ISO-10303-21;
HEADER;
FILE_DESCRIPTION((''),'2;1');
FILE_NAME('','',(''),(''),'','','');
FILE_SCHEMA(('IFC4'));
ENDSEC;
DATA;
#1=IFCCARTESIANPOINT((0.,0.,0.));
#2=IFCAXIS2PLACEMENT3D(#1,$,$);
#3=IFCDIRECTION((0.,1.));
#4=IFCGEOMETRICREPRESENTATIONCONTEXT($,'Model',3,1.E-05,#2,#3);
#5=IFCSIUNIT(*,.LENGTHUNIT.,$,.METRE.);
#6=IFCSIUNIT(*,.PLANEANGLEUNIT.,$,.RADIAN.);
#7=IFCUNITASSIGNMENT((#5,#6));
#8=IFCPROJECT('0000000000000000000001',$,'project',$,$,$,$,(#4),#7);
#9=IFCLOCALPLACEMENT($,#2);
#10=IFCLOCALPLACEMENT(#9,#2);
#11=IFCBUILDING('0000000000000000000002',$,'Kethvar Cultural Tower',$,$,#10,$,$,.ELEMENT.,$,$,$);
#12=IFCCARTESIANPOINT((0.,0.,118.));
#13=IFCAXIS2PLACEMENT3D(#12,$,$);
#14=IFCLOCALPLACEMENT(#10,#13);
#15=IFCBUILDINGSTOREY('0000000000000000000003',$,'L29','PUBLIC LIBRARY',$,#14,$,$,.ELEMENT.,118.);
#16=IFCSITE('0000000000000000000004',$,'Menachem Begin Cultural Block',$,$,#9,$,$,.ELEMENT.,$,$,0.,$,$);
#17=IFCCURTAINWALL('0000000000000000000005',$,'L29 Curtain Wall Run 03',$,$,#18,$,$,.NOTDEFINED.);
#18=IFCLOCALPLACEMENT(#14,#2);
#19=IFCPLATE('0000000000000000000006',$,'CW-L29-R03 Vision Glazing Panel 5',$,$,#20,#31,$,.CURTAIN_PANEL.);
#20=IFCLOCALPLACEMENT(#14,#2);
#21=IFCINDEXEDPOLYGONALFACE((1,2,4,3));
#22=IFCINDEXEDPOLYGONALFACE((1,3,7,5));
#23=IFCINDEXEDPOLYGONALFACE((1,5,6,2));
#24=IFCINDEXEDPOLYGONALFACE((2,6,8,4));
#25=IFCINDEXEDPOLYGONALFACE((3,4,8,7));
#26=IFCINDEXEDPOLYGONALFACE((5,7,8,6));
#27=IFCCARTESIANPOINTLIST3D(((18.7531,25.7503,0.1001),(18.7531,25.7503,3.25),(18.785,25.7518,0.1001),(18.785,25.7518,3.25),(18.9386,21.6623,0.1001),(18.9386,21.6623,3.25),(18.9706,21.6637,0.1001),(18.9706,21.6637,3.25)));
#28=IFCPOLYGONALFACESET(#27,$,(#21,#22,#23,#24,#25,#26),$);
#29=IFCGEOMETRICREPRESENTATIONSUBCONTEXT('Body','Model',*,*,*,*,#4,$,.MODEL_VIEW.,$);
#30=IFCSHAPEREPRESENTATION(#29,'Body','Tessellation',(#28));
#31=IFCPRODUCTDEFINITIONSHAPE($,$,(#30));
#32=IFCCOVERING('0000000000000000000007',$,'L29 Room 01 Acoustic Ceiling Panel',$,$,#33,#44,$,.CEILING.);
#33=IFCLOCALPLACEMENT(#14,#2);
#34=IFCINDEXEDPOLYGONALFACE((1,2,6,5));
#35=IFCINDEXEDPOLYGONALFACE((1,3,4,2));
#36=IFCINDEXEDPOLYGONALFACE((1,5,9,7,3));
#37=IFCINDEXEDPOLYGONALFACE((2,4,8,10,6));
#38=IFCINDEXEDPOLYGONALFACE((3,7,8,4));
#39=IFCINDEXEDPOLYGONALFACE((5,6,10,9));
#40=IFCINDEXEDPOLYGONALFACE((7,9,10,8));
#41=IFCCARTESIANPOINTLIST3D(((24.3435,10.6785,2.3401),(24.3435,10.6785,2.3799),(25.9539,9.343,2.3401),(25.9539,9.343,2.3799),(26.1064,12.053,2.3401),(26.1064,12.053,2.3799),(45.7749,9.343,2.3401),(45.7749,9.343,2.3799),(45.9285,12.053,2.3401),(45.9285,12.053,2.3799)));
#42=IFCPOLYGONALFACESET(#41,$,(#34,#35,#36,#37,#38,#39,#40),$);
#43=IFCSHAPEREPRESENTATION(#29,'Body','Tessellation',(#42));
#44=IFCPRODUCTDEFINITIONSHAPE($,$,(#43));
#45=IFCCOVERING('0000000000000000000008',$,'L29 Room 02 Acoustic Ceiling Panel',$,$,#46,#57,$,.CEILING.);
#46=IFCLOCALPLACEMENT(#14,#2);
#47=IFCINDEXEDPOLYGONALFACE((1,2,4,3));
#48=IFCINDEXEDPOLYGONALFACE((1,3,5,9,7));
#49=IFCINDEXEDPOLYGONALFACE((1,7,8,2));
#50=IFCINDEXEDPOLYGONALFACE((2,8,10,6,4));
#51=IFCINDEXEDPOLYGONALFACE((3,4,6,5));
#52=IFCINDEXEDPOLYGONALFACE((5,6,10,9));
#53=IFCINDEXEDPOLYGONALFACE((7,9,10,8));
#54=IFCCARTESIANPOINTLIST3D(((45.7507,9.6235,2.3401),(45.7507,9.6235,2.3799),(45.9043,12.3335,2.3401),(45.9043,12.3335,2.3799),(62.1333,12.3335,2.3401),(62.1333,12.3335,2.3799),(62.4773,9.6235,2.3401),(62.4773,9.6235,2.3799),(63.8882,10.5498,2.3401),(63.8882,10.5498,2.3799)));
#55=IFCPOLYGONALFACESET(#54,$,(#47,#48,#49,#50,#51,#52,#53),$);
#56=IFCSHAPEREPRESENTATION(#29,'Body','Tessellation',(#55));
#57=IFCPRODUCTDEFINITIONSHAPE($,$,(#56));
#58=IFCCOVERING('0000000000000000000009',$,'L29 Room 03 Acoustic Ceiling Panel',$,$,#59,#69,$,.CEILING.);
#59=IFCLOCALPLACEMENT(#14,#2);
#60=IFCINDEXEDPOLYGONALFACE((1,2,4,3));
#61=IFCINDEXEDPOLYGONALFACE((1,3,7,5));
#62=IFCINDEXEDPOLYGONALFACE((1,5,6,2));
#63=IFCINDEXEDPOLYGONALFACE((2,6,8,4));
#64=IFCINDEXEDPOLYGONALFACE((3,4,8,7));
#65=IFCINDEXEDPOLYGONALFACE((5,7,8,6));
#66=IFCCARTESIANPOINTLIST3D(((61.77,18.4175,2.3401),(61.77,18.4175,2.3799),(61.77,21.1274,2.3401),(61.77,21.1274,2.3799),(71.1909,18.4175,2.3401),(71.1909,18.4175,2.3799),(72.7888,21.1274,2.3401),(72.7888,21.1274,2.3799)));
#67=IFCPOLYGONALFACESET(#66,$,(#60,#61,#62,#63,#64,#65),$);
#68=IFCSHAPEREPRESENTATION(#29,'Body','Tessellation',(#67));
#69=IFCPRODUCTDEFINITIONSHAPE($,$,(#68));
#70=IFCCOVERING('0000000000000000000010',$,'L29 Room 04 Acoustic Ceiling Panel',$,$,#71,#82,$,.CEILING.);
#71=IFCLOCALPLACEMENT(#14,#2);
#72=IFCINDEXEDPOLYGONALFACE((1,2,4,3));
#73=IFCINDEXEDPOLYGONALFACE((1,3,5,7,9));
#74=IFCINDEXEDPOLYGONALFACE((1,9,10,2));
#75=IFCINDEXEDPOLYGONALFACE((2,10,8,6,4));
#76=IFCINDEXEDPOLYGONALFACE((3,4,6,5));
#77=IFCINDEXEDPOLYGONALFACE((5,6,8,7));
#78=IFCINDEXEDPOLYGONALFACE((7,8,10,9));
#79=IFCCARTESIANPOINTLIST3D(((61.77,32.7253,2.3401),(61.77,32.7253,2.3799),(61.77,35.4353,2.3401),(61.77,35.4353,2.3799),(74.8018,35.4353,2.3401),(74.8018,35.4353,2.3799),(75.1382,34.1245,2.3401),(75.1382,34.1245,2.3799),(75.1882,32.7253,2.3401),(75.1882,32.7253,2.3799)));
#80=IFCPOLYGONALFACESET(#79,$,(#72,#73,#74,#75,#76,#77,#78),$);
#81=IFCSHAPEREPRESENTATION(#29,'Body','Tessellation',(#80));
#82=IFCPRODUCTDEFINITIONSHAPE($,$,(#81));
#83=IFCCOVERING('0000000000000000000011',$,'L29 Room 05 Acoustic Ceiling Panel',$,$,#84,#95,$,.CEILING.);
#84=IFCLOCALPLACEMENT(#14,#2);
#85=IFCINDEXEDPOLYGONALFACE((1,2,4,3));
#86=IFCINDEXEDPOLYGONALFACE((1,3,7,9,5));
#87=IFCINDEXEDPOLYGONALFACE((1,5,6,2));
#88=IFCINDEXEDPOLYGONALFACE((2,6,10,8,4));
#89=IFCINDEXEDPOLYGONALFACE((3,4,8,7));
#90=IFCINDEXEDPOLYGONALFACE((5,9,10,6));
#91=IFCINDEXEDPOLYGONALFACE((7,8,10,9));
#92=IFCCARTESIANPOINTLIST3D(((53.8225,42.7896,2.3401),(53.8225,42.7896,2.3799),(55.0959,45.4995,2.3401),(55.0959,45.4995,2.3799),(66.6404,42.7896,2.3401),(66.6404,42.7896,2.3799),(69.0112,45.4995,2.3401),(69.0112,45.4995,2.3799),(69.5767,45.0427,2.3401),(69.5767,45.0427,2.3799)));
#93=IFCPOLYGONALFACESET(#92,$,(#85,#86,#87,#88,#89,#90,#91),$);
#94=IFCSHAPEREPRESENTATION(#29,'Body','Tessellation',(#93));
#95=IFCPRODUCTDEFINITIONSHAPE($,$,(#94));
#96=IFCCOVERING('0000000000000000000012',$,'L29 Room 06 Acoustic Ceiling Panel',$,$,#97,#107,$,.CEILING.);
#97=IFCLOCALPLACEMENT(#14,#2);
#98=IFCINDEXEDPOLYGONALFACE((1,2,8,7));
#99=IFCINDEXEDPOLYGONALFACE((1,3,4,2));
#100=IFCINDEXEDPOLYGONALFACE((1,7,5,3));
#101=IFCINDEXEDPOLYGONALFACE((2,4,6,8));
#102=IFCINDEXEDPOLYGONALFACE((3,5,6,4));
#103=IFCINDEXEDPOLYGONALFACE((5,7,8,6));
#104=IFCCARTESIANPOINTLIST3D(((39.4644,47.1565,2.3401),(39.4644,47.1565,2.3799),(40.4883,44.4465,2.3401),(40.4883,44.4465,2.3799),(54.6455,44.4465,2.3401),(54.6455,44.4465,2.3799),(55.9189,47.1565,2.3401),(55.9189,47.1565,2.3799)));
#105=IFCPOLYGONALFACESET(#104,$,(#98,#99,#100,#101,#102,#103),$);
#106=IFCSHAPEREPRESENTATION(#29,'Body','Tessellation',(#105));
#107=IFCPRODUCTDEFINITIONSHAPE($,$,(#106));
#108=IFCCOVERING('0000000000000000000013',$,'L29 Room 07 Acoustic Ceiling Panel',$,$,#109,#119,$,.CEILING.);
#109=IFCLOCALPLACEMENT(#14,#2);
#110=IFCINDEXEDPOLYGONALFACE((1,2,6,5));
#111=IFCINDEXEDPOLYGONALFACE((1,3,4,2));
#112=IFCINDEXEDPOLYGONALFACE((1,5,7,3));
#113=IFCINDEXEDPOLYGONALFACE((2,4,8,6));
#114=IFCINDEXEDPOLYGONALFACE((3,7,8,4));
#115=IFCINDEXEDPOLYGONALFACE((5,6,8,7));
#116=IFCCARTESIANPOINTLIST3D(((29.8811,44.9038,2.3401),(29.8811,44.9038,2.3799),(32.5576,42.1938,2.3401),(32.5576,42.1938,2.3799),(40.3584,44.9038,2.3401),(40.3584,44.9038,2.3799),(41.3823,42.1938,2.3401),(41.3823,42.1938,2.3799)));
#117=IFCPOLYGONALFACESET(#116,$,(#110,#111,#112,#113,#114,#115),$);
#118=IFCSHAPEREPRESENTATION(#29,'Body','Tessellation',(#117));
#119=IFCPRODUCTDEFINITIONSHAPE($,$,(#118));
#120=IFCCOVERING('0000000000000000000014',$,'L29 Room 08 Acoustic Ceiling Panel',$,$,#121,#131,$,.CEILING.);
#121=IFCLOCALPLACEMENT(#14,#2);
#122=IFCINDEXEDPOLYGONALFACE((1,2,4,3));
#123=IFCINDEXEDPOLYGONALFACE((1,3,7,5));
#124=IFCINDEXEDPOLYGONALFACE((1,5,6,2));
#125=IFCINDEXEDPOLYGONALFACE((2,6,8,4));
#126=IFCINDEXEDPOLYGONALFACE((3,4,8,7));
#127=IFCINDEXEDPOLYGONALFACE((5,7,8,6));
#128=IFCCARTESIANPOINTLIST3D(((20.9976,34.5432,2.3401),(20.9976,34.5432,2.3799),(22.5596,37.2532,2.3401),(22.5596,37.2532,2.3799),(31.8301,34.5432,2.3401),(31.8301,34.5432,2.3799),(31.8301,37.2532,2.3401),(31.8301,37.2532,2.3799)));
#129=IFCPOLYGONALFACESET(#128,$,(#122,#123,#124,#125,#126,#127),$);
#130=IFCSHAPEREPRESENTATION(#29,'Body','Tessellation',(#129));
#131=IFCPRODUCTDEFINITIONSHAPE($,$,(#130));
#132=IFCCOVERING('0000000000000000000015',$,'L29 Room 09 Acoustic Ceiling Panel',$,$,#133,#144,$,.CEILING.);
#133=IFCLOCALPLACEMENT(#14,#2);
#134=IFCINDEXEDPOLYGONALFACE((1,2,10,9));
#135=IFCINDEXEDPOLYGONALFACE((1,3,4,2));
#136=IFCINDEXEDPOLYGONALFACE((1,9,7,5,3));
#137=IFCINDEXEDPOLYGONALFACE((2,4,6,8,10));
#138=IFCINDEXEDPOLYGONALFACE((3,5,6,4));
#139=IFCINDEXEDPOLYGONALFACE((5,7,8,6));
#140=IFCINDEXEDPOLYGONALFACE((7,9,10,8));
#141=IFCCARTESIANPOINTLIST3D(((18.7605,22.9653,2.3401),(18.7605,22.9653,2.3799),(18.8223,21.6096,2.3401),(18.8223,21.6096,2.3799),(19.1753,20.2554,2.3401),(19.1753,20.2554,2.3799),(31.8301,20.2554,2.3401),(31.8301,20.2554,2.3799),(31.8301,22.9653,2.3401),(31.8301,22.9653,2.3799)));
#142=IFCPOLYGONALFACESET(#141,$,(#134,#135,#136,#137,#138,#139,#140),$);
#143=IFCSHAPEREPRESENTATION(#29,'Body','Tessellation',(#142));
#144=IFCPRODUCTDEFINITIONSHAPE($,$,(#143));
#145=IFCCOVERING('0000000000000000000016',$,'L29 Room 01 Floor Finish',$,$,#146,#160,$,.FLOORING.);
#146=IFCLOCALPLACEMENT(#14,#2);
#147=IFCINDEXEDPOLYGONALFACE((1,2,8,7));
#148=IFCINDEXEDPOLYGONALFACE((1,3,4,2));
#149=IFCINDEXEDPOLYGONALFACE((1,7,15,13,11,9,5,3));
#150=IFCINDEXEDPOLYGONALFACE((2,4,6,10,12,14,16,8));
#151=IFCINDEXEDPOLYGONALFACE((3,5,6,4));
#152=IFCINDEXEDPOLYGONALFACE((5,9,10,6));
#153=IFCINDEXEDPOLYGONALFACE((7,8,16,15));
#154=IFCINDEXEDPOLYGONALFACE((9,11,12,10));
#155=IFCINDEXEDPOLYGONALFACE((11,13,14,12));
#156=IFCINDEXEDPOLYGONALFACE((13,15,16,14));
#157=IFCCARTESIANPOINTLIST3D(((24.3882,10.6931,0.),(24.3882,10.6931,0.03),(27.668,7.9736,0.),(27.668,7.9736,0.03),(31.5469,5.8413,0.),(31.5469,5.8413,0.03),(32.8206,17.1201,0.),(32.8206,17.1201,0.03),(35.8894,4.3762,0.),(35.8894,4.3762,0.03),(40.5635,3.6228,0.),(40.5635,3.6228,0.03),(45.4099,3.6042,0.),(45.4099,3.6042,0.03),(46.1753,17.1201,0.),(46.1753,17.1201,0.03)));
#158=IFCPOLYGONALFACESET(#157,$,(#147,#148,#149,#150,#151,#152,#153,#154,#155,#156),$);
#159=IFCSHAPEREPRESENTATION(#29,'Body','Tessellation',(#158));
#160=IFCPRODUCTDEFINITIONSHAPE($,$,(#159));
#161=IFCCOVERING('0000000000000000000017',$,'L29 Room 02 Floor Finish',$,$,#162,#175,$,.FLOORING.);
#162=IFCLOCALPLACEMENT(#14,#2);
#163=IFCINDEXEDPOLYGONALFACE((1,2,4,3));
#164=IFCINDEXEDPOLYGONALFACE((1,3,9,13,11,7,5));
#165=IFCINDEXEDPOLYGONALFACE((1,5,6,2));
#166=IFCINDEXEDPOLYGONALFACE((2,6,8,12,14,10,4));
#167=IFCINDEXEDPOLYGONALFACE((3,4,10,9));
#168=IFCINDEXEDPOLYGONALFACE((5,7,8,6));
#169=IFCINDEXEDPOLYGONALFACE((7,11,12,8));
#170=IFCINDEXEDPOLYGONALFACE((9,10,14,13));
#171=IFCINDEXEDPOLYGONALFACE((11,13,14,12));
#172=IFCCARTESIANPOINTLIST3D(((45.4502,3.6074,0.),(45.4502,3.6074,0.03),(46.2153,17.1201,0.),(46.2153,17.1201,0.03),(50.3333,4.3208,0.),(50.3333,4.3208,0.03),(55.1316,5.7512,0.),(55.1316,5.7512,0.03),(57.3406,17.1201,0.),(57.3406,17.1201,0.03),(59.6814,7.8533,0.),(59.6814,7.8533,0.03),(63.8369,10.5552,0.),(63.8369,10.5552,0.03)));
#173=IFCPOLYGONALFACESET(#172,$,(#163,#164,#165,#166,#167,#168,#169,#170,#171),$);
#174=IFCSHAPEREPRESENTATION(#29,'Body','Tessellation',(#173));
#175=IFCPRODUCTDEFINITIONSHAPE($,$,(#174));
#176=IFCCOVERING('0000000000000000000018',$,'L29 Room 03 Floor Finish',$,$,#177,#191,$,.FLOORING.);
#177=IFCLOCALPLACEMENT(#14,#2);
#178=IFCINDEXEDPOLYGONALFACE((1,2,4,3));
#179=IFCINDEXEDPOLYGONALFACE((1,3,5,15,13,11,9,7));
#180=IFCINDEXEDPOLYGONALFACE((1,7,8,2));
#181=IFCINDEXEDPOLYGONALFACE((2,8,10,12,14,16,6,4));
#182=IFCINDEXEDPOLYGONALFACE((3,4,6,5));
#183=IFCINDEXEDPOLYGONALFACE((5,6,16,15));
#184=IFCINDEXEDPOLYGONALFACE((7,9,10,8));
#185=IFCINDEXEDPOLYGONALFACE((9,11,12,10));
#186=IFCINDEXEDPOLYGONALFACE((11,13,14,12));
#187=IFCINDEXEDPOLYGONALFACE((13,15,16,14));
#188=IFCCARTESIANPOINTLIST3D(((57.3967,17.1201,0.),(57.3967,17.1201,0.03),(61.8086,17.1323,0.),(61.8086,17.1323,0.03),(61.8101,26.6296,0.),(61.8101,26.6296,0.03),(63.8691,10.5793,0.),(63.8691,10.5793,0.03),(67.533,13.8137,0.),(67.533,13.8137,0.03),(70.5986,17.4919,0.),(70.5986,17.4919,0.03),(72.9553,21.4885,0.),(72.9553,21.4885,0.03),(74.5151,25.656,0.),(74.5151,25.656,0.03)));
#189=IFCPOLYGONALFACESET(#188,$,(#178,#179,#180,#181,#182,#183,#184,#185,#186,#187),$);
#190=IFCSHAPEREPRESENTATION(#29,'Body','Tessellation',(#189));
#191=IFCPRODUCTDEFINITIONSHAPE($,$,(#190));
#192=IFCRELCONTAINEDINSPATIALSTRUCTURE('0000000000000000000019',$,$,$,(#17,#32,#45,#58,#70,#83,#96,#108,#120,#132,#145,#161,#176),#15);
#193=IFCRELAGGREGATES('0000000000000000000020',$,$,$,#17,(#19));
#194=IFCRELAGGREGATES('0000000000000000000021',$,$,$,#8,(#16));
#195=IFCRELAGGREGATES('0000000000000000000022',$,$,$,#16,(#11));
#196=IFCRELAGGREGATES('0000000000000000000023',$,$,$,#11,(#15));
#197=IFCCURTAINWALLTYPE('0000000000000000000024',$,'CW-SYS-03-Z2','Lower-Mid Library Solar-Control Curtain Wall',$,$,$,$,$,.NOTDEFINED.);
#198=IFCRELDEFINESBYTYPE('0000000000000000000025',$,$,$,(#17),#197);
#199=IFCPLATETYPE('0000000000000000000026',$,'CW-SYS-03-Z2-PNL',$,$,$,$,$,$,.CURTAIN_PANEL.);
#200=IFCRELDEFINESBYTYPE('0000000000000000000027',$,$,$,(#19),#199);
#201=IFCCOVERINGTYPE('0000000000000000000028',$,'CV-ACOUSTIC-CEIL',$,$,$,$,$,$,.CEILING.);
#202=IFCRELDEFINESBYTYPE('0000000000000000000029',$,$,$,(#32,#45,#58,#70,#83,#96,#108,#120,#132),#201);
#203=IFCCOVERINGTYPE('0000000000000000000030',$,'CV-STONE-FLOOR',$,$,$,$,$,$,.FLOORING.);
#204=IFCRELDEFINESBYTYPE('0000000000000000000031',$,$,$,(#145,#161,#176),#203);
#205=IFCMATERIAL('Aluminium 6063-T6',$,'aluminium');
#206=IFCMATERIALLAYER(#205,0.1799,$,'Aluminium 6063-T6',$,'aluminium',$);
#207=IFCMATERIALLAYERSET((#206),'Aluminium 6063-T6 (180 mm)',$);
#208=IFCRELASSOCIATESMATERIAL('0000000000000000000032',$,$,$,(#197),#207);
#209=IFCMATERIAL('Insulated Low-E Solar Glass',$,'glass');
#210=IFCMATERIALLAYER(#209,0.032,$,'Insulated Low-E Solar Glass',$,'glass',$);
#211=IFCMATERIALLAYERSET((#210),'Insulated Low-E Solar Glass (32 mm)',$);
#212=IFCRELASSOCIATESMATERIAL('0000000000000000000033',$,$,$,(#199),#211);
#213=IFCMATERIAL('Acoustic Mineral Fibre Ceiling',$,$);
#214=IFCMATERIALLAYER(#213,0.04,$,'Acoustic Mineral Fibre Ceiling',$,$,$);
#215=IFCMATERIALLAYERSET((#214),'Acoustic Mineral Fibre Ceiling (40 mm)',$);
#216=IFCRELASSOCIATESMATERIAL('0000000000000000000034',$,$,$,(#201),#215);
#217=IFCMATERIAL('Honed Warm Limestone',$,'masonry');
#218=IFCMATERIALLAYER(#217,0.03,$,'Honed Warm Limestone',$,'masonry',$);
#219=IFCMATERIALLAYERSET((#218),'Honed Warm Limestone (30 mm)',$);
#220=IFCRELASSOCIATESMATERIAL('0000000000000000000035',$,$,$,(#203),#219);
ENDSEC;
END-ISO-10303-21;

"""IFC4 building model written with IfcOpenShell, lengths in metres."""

from ifc_helpers import new_model, si_unit, direction, frame, origin, origin_2d, place, context, subcontext, project, spatial, polyline, rectangle, outline, extrude, source, transform, mapped, material, layer, layer_set, type_object, element, aggregate, save


model = new_model("IFC4")

# Units and contexts
model_context = context("Model", 3, precision=1e-05, world=origin(), true_north=direction((0.0, 1.0)))
body_context = subcontext(model_context, "Body", "Model", "MODEL_VIEW")
ifc_project = project(units=[si_unit("LENGTHUNIT", "METRE"), si_unit("PLANEANGLEUNIT", "RADIAN")], contexts=[model_context])

# Site, building, storey
site_placement = place(None, origin())
site = spatial("IfcSite", under=ifc_project, at=site_placement, Name="Menachem Begin Cultural Block", CompositionType="ELEMENT", RefElevation=0.0)
building_placement = place(site_placement, origin())
building = spatial("IfcBuilding", under=site, at=building_placement, Name="Kethvar Cultural Tower", CompositionType="ELEMENT")
storey_placement = place(building_placement, frame((0.0, 0.0, 118.0)))
storey = spatial("IfcBuildingStorey", under=building, at=storey_placement, Name="L29", Description="PUBLIC LIBRARY", CompositionType="ELEMENT", Elevation=118.0)

# Curtain wall, plate
ifc_material_1 = material(Name="Aluminium 6063-T6", Category="aluminium")
ifc_layer_1 = layer(ifc_material_1, 0.1799, Name="Aluminium 6063-T6", Category="aluminium")
ifc_layer_set_1 = layer_set([ifc_layer_1], Name="Aluminium 6063-T6 (180 mm)")
curtain_wall_type = type_object("IfcCurtainWallType", Name="CW-SYS-03-Z2", Description="Lower-Mid Library Solar-Control Curtain Wall", PredefinedType="NOTDEFINED", material=ifc_layer_set_1)
curtain_wall_placement = place(storey_placement, origin())
curtain_wall = element("IfcCurtainWall", 1, at=curtain_wall_placement, inside=storey, type_object=curtain_wall_type, Name="L29 Curtain Wall Run 03", PredefinedType="NOTDEFINED")
ifc_material_2 = material(Name="Insulated Low-E Solar Glass", Category="glass")
ifc_layer_2 = layer(ifc_material_2, 0.032, Name="Insulated Low-E Solar Glass", Category="glass")
ifc_layer_set_2 = layer_set([ifc_layer_2], Name="Insulated Low-E Solar Glass (32 mm)")
plate_type = type_object("IfcPlateType", Name="CW-SYS-03-Z2-PNL", PredefinedType="CURTAIN_PANEL", material=ifc_layer_set_2)
shared_shape_1 = source(origin(), body_context, "Body", "SweptSolid", [
    extrude(rectangle(XDim=4.0923, YDim=0.032, at=origin_2d()), origin(), (0.0, 0.0, 1.0), 3.1499),
])
plate_placement = place(storey_placement, frame((18.8618, 23.707, 0.1001), z_axis=(0.0, 0.0, 1.0), x_axis=(0.045346, -0.998971, 0.0)))
plate = element("IfcPlate", 2, at=plate_placement, type_object=plate_type, Name="CW-L29-R03 Vision Glazing Panel 5", PredefinedType="CURTAIN_PANEL", context=body_context, shape_type="MappedRepresentation", body=[
    mapped(shared_shape_1, transform((0.0, 0.0, 0.0), scale=1.0)),
])
aggregate(curtain_wall, [plate])

# Coverings
ifc_material_3 = material(Name="Acoustic Mineral Fibre Ceiling")
ifc_layer_3 = layer(ifc_material_3, 0.04, Name="Acoustic Mineral Fibre Ceiling")
ifc_layer_set_3 = layer_set([ifc_layer_3], Name="Acoustic Mineral Fibre Ceiling (40 mm)")
covering_type_1 = type_object("IfcCoveringType", Name="CV-ACOUSTIC-CEIL", PredefinedType="CEILING", material=ifc_layer_set_3)
covering_1_placement = place(storey_placement, frame((0.0, 0.0, 2.3401)))
element("IfcCovering", 3, at=covering_1_placement, inside=storey, type_object=covering_type_1, Name="L29 Room 01 Acoustic Ceiling Panel", PredefinedType="CEILING", context=body_context, shape_type="SweptSolid", body=[
    extrude(outline(polyline([(24.3435, 10.6785), (26.1064, 12.053), (45.9285, 12.053), (45.7749, 9.343), (25.9539, 9.343), (24.3435, 10.6785)])), origin(), (0.0, 0.0, 1.0), 0.0398),
])
covering_2_placement = place(storey_placement, frame((0.0, 0.0, 2.3401)))
element("IfcCovering", 4, at=covering_2_placement, inside=storey, type_object=covering_type_1, Name="L29 Room 02 Acoustic Ceiling Panel", PredefinedType="CEILING", context=body_context, shape_type="SweptSolid", body=[
    extrude(outline(polyline([(45.9043, 12.3335), (62.1333, 12.3335), (63.8882, 10.5498), (62.4773, 9.6235), (45.7507, 9.6235), (45.9043, 12.3335)])), origin(), (0.0, 0.0, 1.0), 0.0398),
])
covering_3_placement = place(storey_placement, frame((0.0, 0.0, 2.3401)))
element("IfcCovering", 5, at=covering_3_placement, inside=storey, type_object=covering_type_1, Name="L29 Room 03 Acoustic Ceiling Panel", PredefinedType="CEILING", context=body_context, shape_type="SweptSolid", body=[
    extrude(outline(polyline([(71.1909, 18.4175), (61.77, 18.4175), (61.77, 21.1274), (72.7888, 21.1274), (71.1909, 18.4175)])), origin(), (0.0, 0.0, 1.0), 0.0398),
])
covering_4_placement = place(storey_placement, frame((0.0, 0.0, 2.3401)))
element("IfcCovering", 6, at=covering_4_placement, inside=storey, type_object=covering_type_1, Name="L29 Room 04 Acoustic Ceiling Panel", PredefinedType="CEILING", context=body_context, shape_type="SweptSolid", body=[
    extrude(outline(polyline([(61.77, 35.4353), (74.8018, 35.4353), (75.1382, 34.1245), (75.1882, 32.7253), (61.77, 32.7253), (61.77, 35.4353)])), origin(), (0.0, 0.0, 1.0), 0.0398),
])
covering_5_placement = place(storey_placement, frame((0.0, 0.0, 2.3401)))
element("IfcCovering", 7, at=covering_5_placement, inside=storey, type_object=covering_type_1, Name="L29 Room 05 Acoustic Ceiling Panel", PredefinedType="CEILING", context=body_context, shape_type="SweptSolid", body=[
    extrude(outline(polyline([(69.5767, 45.0427), (66.6404, 42.7896), (53.8225, 42.7896), (55.0959, 45.4995), (69.0112, 45.4995), (69.5767, 45.0427)])), origin(), (0.0, 0.0, 1.0), 0.0398),
])
covering_6_placement = place(storey_placement, frame((0.0, 0.0, 2.3401)))
element("IfcCovering", 8, at=covering_6_placement, inside=storey, type_object=covering_type_1, Name="L29 Room 06 Acoustic Ceiling Panel", PredefinedType="CEILING", context=body_context, shape_type="SweptSolid", body=[
    extrude(outline(polyline([(54.6455, 44.4465), (40.4883, 44.4465), (39.4644, 47.1565), (55.9189, 47.1565), (54.6455, 44.4465)])), origin(), (0.0, 0.0, 1.0), 0.0398),
])
covering_7_placement = place(storey_placement, frame((0.0, 0.0, 2.3401)))
element("IfcCovering", 9, at=covering_7_placement, inside=storey, type_object=covering_type_1, Name="L29 Room 07 Acoustic Ceiling Panel", PredefinedType="CEILING", context=body_context, shape_type="SweptSolid", body=[
    extrude(outline(polyline([(41.3823, 42.1938), (32.5576, 42.1938), (29.8811, 44.9038), (40.3584, 44.9038), (41.3823, 42.1938)])), origin(), (0.0, 0.0, 1.0), 0.0398),
])
covering_8_placement = place(storey_placement, frame((0.0, 0.0, 2.3401)))
element("IfcCovering", 10, at=covering_8_placement, inside=storey, type_object=covering_type_1, Name="L29 Room 08 Acoustic Ceiling Panel", PredefinedType="CEILING", context=body_context, shape_type="SweptSolid", body=[
    extrude(outline(polyline([(22.5596, 37.2532), (31.8301, 37.2532), (31.8301, 34.5432), (20.9976, 34.5432), (22.5596, 37.2532)])), origin(), (0.0, 0.0, 1.0), 0.0398),
])
covering_9_placement = place(storey_placement, frame((0.0, 0.0, 2.3401)))
element("IfcCovering", 11, at=covering_9_placement, inside=storey, type_object=covering_type_1, Name="L29 Room 09 Acoustic Ceiling Panel", PredefinedType="CEILING", context=body_context, shape_type="SweptSolid", body=[
    extrude(outline(polyline([(18.8223, 21.6096), (18.7605, 22.9653), (31.8301, 22.9653), (31.8301, 20.2554), (19.1753, 20.2554), (18.8223, 21.6096)])), origin(), (0.0, 0.0, 1.0), 0.0398),
])
ifc_material_4 = material(Name="Honed Warm Limestone", Category="masonry")
ifc_layer_4 = layer(ifc_material_4, 0.03, Name="Honed Warm Limestone", Category="masonry")
ifc_layer_set_4 = layer_set([ifc_layer_4], Name="Honed Warm Limestone (30 mm)")
covering_type_2 = type_object("IfcCoveringType", Name="CV-STONE-FLOOR", PredefinedType="FLOORING", material=ifc_layer_set_4)
covering_10_placement = place(storey_placement, origin())
element("IfcCovering", 12, at=covering_10_placement, inside=storey, type_object=covering_type_2, Name="L29 Room 01 Floor Finish", PredefinedType="FLOORING", context=body_context, shape_type="SweptSolid", body=[
    extrude(outline(polyline([(40.5635, 3.6228), (35.8894, 4.3762), (31.5469, 5.8413), (27.668, 7.9736), (24.3882, 10.6931), (32.8206, 17.1201), (46.1753, 17.1201), (45.4099, 3.6042), (40.5635, 3.6228)])), origin(), (0.0, 0.0, 1.0), 0.03),
])
covering_11_placement = place(storey_placement, origin())
element("IfcCovering", 13, at=covering_11_placement, inside=storey, type_object=covering_type_2, Name="L29 Room 02 Floor Finish", PredefinedType="FLOORING", context=body_context, shape_type="SweptSolid", body=[
    extrude(outline(polyline([(59.6814, 7.8533), (55.1316, 5.7512), (50.3333, 4.3208), (45.4502, 3.6074), (46.2153, 17.1201), (57.3406, 17.1201), (63.8369, 10.5552), (59.6814, 7.8533)])), origin(), (0.0, 0.0, 1.0), 0.03),
])
covering_12_placement = place(storey_placement, origin())
element("IfcCovering", 14, at=covering_12_placement, inside=storey, type_object=covering_type_2, Name="L29 Room 03 Floor Finish", PredefinedType="FLOORING", context=body_context, shape_type="SweptSolid", body=[
    extrude(outline(polyline([(72.9553, 21.4885), (70.5986, 17.4919), (67.533, 13.8137), (63.8691, 10.5793), (57.3967, 17.1201), (61.8086, 17.1323), (61.8101, 26.6296), (74.5151, 25.656), (72.9553, 21.4885)])), origin(), (0.0, 0.0, 1.0), 0.03),
])

save(model, "model.ifc")
